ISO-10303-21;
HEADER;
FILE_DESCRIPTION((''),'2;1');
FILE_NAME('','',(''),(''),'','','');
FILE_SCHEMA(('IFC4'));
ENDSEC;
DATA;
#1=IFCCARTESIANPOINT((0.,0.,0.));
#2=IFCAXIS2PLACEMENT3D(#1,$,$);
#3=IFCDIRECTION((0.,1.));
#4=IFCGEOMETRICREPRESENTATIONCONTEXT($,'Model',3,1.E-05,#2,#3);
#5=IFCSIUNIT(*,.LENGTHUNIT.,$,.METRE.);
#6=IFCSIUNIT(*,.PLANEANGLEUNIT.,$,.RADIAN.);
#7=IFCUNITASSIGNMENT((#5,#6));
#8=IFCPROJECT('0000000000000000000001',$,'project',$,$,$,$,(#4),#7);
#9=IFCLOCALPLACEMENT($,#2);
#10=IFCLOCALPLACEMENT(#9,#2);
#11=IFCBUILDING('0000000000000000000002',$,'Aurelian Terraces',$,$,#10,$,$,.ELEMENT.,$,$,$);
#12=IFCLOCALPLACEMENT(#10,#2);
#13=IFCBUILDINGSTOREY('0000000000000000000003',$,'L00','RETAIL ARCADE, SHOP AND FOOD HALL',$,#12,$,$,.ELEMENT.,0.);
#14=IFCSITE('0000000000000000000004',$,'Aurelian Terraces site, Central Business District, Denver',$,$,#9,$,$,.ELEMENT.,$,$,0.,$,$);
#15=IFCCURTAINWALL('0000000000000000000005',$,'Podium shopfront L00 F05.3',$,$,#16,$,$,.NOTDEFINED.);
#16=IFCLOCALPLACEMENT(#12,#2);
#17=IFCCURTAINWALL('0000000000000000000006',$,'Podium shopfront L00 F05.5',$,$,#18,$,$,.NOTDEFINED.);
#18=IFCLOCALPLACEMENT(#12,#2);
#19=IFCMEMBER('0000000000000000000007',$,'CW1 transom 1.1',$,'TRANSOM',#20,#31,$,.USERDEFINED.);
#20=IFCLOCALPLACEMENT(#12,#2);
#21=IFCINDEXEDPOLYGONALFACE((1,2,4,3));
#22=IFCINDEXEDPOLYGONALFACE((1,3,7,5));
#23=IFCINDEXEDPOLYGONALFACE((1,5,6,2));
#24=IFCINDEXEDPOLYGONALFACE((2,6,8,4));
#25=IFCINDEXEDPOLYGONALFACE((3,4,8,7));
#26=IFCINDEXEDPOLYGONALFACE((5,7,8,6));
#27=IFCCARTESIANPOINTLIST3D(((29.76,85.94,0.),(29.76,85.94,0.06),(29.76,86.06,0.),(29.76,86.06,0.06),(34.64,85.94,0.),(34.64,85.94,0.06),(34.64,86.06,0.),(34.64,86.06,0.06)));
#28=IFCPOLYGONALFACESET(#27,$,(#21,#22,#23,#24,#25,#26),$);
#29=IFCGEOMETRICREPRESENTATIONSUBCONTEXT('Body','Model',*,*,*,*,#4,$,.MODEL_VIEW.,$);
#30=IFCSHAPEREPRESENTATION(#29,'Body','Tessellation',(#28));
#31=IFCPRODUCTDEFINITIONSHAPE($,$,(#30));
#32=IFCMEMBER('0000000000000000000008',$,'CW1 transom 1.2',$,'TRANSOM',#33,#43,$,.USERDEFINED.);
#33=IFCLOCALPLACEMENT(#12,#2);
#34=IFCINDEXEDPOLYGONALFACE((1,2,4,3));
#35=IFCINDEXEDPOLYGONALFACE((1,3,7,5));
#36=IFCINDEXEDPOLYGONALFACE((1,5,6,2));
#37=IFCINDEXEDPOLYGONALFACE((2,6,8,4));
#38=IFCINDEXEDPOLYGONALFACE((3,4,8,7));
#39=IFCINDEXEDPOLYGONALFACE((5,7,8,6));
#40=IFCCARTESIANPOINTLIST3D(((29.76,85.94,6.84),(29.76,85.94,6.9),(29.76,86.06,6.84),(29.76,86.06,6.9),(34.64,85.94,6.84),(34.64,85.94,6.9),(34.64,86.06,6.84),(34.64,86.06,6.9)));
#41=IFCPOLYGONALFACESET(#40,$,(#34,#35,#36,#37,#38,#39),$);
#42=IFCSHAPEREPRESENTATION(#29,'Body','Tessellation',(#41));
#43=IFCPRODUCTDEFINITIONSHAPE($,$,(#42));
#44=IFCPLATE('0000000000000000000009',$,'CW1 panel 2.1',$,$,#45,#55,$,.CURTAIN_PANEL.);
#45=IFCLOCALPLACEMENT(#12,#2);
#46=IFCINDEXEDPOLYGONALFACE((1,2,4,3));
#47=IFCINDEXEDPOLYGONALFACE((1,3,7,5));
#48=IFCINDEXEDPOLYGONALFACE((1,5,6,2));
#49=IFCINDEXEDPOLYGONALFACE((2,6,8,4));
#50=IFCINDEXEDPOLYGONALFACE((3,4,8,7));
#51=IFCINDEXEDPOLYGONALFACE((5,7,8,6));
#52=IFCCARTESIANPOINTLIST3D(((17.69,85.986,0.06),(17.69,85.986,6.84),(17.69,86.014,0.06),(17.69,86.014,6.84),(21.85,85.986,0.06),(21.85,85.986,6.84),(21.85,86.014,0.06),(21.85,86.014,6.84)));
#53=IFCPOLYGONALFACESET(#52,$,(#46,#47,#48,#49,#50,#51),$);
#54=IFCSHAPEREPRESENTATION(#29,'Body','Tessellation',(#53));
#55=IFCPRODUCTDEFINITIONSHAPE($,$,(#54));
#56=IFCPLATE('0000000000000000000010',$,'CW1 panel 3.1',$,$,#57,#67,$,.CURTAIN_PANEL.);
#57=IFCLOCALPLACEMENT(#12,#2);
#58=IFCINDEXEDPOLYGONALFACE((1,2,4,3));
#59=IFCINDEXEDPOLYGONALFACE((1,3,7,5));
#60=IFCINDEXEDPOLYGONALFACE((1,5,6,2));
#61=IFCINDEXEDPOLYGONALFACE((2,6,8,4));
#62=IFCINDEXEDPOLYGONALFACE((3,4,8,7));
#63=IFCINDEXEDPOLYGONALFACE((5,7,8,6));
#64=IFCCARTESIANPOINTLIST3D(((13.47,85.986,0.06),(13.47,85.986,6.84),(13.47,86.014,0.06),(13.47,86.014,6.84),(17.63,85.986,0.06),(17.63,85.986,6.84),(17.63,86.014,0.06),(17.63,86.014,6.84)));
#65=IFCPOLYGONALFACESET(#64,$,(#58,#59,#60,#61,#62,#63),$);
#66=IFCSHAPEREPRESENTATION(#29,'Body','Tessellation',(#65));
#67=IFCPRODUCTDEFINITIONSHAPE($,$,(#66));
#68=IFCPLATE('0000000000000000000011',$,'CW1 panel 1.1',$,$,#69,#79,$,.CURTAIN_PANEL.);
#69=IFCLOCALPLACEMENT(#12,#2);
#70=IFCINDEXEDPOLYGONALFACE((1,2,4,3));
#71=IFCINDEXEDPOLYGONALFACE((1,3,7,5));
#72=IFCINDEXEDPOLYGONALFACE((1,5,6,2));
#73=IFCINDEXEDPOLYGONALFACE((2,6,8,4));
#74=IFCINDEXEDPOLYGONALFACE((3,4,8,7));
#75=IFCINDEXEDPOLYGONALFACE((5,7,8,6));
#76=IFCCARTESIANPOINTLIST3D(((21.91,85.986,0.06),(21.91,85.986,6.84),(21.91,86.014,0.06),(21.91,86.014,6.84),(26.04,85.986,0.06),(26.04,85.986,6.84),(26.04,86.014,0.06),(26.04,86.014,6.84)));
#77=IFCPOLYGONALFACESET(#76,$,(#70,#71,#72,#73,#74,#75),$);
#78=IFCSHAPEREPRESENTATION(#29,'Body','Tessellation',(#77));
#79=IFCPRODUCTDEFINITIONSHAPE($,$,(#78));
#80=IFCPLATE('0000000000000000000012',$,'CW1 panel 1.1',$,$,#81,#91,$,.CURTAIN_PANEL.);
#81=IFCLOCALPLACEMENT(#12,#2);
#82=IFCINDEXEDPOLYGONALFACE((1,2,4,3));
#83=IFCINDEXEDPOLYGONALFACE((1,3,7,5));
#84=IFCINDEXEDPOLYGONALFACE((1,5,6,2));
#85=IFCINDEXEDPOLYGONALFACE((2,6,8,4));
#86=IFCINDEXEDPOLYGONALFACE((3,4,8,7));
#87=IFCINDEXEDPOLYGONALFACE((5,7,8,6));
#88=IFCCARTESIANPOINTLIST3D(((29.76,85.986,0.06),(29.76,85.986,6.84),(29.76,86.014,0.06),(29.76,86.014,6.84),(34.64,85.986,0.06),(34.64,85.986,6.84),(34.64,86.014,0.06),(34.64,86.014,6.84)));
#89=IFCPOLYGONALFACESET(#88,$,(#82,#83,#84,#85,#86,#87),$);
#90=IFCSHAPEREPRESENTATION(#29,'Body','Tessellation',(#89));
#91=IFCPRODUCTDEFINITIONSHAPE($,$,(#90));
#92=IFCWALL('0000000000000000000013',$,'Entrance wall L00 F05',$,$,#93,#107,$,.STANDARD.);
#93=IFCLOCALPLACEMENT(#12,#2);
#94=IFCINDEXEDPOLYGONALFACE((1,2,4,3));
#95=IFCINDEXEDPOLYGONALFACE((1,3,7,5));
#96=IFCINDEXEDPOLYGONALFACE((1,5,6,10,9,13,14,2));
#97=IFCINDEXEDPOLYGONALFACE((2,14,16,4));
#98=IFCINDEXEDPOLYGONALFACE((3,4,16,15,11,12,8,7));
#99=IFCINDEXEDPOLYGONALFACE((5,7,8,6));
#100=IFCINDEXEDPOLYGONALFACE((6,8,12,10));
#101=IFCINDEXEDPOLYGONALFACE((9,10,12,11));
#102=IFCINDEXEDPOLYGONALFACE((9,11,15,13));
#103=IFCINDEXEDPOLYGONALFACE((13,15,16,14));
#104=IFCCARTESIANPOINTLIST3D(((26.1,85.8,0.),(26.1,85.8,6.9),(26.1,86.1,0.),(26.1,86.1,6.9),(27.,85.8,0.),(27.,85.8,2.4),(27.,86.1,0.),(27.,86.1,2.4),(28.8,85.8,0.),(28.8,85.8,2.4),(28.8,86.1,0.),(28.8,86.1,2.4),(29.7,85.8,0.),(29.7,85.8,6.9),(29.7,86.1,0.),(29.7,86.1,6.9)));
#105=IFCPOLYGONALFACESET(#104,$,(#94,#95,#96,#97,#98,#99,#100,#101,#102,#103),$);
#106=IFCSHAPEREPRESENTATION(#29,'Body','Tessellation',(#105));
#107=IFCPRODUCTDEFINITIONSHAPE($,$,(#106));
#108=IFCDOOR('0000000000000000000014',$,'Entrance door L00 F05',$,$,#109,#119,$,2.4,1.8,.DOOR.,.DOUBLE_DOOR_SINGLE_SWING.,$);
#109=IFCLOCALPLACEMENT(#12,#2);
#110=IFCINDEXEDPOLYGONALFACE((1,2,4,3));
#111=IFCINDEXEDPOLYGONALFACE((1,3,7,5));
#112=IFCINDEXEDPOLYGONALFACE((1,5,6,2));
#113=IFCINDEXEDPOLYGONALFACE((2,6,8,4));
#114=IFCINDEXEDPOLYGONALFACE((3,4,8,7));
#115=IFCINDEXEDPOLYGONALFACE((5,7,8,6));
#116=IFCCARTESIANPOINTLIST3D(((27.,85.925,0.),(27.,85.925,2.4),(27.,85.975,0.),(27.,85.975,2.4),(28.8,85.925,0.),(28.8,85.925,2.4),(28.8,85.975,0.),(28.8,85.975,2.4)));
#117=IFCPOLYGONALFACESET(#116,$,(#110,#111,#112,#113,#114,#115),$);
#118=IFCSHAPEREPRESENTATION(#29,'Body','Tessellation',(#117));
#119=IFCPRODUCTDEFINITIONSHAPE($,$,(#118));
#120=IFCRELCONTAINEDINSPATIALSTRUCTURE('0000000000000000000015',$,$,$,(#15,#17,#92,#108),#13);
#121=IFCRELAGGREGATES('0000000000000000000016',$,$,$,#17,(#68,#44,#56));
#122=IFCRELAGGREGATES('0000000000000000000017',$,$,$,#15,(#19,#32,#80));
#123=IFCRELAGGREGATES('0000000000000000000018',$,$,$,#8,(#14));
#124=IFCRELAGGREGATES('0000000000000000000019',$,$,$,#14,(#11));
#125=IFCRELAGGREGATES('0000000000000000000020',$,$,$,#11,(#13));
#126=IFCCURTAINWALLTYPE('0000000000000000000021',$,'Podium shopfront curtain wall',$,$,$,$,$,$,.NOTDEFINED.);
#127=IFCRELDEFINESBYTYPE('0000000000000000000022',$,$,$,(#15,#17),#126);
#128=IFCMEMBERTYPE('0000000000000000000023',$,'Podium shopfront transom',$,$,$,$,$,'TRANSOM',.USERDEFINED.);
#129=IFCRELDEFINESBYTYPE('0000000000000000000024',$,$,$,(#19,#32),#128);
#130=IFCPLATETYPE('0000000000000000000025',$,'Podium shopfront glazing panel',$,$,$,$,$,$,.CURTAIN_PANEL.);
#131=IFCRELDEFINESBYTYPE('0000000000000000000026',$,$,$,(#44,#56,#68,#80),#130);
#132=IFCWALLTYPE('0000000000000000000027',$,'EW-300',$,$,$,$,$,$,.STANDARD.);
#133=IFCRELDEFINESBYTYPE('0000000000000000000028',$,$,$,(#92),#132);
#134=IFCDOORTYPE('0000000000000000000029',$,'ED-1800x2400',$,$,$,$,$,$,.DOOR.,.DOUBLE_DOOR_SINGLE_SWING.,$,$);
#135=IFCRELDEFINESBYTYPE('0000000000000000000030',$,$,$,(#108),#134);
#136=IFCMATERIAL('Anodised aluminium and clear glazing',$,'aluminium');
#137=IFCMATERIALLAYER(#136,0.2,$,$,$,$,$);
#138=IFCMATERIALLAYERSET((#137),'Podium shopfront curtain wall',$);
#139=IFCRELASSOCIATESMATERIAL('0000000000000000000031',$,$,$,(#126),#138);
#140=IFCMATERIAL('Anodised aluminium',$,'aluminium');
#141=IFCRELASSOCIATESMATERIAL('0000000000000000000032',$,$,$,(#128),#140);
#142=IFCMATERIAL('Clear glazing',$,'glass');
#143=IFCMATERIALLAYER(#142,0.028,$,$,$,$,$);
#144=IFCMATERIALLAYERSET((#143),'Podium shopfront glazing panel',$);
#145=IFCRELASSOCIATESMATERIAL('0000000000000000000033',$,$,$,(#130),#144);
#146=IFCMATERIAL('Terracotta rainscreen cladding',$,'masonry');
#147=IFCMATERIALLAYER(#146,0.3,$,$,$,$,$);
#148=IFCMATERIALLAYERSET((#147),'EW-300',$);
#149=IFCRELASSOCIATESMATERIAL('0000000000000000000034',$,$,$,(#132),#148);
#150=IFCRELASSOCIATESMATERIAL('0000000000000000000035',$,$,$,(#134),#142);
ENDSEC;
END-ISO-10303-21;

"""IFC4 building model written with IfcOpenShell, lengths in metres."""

from ifc_helpers import new_model, si_unit, direction, frame, frame_2d, origin, origin_2d, place, context, subcontext, project, spatial, rectangle, extrude, source, transform, mapped, material, layer, layer_set, material_profile, profile_set, type_object, element, fill, aggregate, save


model = new_model("IFC4")

# Units and contexts
model_context = context("Model", 3, precision=1e-05, world=origin(), true_north=direction((0.0, 1.0)))
body_context = subcontext(model_context, "Body", "Model", "MODEL_VIEW")
ifc_project = project(units=[si_unit("LENGTHUNIT", "METRE"), si_unit("PLANEANGLEUNIT", "RADIAN")], contexts=[model_context])

# Site, building, storey
site_placement = place(None, origin())
site = spatial("IfcSite", under=ifc_project, at=site_placement, Name="Aurelian Terraces site, Central Business District, Denver", CompositionType="ELEMENT", RefElevation=0.0)
building_placement = place(site_placement, origin())
building = spatial("IfcBuilding", under=site, at=building_placement, Name="Aurelian Terraces", CompositionType="ELEMENT")
storey_placement = place(building_placement, origin())
storey = spatial("IfcBuildingStorey", under=building, at=storey_placement, Name="L00", Description="RETAIL ARCADE, SHOP AND FOOD HALL", CompositionType="ELEMENT", Elevation=0.0)

# Curtain wall
ifc_material_1 = material(Name="Anodised aluminium and clear glazing", Category="aluminium")
ifc_layer_1 = layer(ifc_material_1, 0.2)
ifc_layer_set_1 = layer_set([ifc_layer_1], Name="Podium shopfront curtain wall")
curtain_wall_type = type_object("IfcCurtainWallType", Name="Podium shopfront curtain wall", PredefinedType="NOTDEFINED", material=ifc_layer_set_1)
curtain_wall_1_placement = place(storey_placement, origin())
curtain_wall_1 = element("IfcCurtainWall", 1, at=curtain_wall_1_placement, inside=storey, type_object=curtain_wall_type, Name="Podium shopfront L00 F05.3", PredefinedType="NOTDEFINED")
ifc_material_2 = material(Name="Anodised aluminium", Category="aluminium")

# Curtain wall
curtain_wall_2_placement = place(storey_placement, origin())
curtain_wall_2 = element("IfcCurtainWall", 2, at=curtain_wall_2_placement, inside=storey, type_object=curtain_wall_type, Name="Podium shopfront L00 F05.5", PredefinedType="NOTDEFINED")
ifc_material_profile_1 = material_profile(ifc_material_2, rectangle(XDim=0.12, YDim=0.06, at=origin_2d()))
ifc_profile_set_1 = profile_set([ifc_material_profile_1], Name="Anodised aluminium")
member_type_1 = type_object("IfcMemberType", Name="Podium shopfront transom", ElementType="TRANSOM", PredefinedType="USERDEFINED", material=ifc_profile_set_1)

# Members
shared_shape_1 = source(origin(), body_context, "Body", "SweptSolid", [
    extrude(rectangle(XDim=0.12, YDim=0.06, at=origin_2d()), origin(), (0.0, 0.0, 1.0), 4.88),
])
member_1_placement = place(storey_placement, frame((34.64, 86.0, 0.03), z_axis=(-1.0, 0.0, 0.0), x_axis=(0.0, -1.0, 0.0)))
member_1 = element("IfcMember", 3, at=member_1_placement, type_object=member_type_1, Name="CW1 transom 1.1", ObjectType="TRANSOM", PredefinedType="USERDEFINED", context=body_context, shape_type="MappedRepresentation", body=[
    mapped(shared_shape_1, transform((0.0, 0.0, 0.0), scale=1.0)),
])
member_2_placement = place(storey_placement, frame((34.64, 86.0, 6.87), z_axis=(-1.0, 0.0, 0.0), x_axis=(0.0, -1.0, 0.0)))
member_2 = element("IfcMember", 4, at=member_2_placement, type_object=member_type_1, Name="CW1 transom 1.2", ObjectType="TRANSOM", PredefinedType="USERDEFINED", context=body_context, shape_type="MappedRepresentation", body=[
    mapped(shared_shape_1, transform((0.0, 0.0, 0.0), scale=1.0)),
])

# Plates
ifc_material_3 = material(Name="Clear glazing", Category="glass")
ifc_layer_2 = layer(ifc_material_3, 0.028)
ifc_layer_set_2 = layer_set([ifc_layer_2], Name="Podium shopfront glazing panel")
plate_type = type_object("IfcPlateType", Name="Podium shopfront glazing panel", PredefinedType="CURTAIN_PANEL", material=ifc_layer_set_2)
shared_shape_2 = source(origin(), body_context, "Body", "SweptSolid", [
    extrude(rectangle(XDim=4.16, YDim=0.028, at=origin_2d()), origin(), (0.0, 0.0, 1.0), 6.78),
])
plate_1_placement = place(storey_placement, frame((19.77, 86.0, 0.06), z_axis=(0.0, 0.0, 1.0), x_axis=(-1.0, 0.0, 0.0)))
plate_1 = element("IfcPlate", 5, at=plate_1_placement, type_object=plate_type, Name="CW1 panel 2.1", PredefinedType="CURTAIN_PANEL", context=body_context, shape_type="MappedRepresentation", body=[
    mapped(shared_shape_2, transform((0.0, 0.0, 0.0), scale=1.0)),
])
plate_2_placement = place(storey_placement, frame((15.55, 86.0, 0.06), z_axis=(0.0, 0.0, 1.0), x_axis=(-1.0, 0.0, 0.0)))
plate_2 = element("IfcPlate", 6, at=plate_2_placement, type_object=plate_type, Name="CW1 panel 3.1", PredefinedType="CURTAIN_PANEL", context=body_context, shape_type="MappedRepresentation", body=[
    mapped(shared_shape_2, transform((0.0, 0.0, 0.0), scale=1.0)),
])
shared_shape_3 = source(origin(), body_context, "Body", "SweptSolid", [
    extrude(rectangle(XDim=4.13, YDim=0.028, at=origin_2d()), origin(), (0.0, 0.0, 1.0), 6.78),
])
plate_3_placement = place(storey_placement, frame((23.975, 86.0, 0.06), z_axis=(0.0, 0.0, 1.0), x_axis=(-1.0, 0.0, 0.0)))
plate_3 = element("IfcPlate", 7, at=plate_3_placement, type_object=plate_type, Name="CW1 panel 1.1", PredefinedType="CURTAIN_PANEL", context=body_context, shape_type="MappedRepresentation", body=[
    mapped(shared_shape_3, transform((0.0, 0.0, 0.0), scale=1.0)),
])
aggregate(curtain_wall_2, [plate_3, plate_1, plate_2])
shared_shape_4 = source(origin(), body_context, "Body", "SweptSolid", [
    extrude(rectangle(XDim=4.88, YDim=0.028, at=origin_2d()), origin(), (0.0, 0.0, 1.0), 6.78),
])
plate_4_placement = place(storey_placement, frame((32.2, 86.0, 0.06), z_axis=(0.0, 0.0, 1.0), x_axis=(-1.0, 0.0, 0.0)))
plate_4 = element("IfcPlate", 8, at=plate_4_placement, type_object=plate_type, Name="CW1 panel 1.1", PredefinedType="CURTAIN_PANEL", context=body_context, shape_type="MappedRepresentation", body=[
    mapped(shared_shape_4, transform((0.0, 0.0, 0.0), scale=1.0)),
])
aggregate(curtain_wall_1, [member_1, member_2, plate_4])

# Wall, opening, door
ifc_material_4 = material(Name="Terracotta rainscreen cladding", Category="masonry")
ifc_layer_3 = layer(ifc_material_4, 0.3)
ifc_layer_set_3 = layer_set([ifc_layer_3], Name="EW-300")
wall_type = type_object("IfcWallType", Name="EW-300", PredefinedType="STANDARD", material=ifc_layer_set_3)
shared_shape_5 = source(origin(), body_context, "Body", "SweptSolid", [
    extrude(rectangle(XDim=3.6, YDim=0.3, at=frame_2d((1.8, 0.0))), origin(), (0.0, 0.0, 1.0), 6.9),
])
wall_placement = place(storey_placement, frame((29.7, 85.95, 0.0), z_axis=(0.0, 0.0, 1.0), x_axis=(-1.0, 0.0, 0.0)))
wall = element("IfcWall", 9, at=wall_placement, inside=storey, type_object=wall_type, Name="Entrance wall L00 F05", PredefinedType="STANDARD", context=body_context, shape_type="MappedRepresentation", body=[
    mapped(shared_shape_5, transform((0.0, 0.0, 0.0), scale=1.0)),
])
shared_shape_6 = source(origin(), body_context, "Body", "SweptSolid", [
    extrude(rectangle(XDim=1.8, YDim=2.4, at=frame_2d((0.9, 1.2))), frame((0.0, 0.16, 0.0), z_axis=(0.0, -1.0, 0.0), x_axis=(1.0, 0.0, 0.0)), (0.0, 0.0, 1.0), 0.32),
])
opening_placement = place(wall_placement, frame((0.9, 0.0, 0.0)))
opening = element("IfcOpeningElement", 10, at=opening_placement, cuts=wall, PredefinedType="OPENING", context=body_context, shape_type="MappedRepresentation", body=[
    mapped(shared_shape_6, transform((0.0, 0.0, 0.0), scale=1.0)),
])
door_type = type_object("IfcDoorType", Name="ED-1800x2400", OperationType="DOUBLE_DOOR_SINGLE_SWING", PredefinedType="DOOR", material=ifc_material_3)
shared_shape_7 = source(origin(), body_context, "Body", "SweptSolid", [
    extrude(rectangle(XDim=1.8, YDim=2.4, at=frame_2d((0.9, 1.2))), frame((0.0, 0.025, 0.0), z_axis=(0.0, -1.0, 0.0), x_axis=(1.0, 0.0, 0.0)), (0.0, 0.0, 1.0), 0.05),
])
door_placement = place(opening_placement, origin())
door = element("IfcDoor", 11, at=door_placement, inside=storey, type_object=door_type, Name="Entrance door L00 F05", OperationType="DOUBLE_DOOR_SINGLE_SWING", OverallHeight=2.4, OverallWidth=1.8, PredefinedType="DOOR", context=body_context, shape_type="MappedRepresentation", body=[
    mapped(shared_shape_7, transform((0.0, 0.0, 0.0), scale=1.0)),
])
fill(opening, door)

save(model, "model.ifc")
